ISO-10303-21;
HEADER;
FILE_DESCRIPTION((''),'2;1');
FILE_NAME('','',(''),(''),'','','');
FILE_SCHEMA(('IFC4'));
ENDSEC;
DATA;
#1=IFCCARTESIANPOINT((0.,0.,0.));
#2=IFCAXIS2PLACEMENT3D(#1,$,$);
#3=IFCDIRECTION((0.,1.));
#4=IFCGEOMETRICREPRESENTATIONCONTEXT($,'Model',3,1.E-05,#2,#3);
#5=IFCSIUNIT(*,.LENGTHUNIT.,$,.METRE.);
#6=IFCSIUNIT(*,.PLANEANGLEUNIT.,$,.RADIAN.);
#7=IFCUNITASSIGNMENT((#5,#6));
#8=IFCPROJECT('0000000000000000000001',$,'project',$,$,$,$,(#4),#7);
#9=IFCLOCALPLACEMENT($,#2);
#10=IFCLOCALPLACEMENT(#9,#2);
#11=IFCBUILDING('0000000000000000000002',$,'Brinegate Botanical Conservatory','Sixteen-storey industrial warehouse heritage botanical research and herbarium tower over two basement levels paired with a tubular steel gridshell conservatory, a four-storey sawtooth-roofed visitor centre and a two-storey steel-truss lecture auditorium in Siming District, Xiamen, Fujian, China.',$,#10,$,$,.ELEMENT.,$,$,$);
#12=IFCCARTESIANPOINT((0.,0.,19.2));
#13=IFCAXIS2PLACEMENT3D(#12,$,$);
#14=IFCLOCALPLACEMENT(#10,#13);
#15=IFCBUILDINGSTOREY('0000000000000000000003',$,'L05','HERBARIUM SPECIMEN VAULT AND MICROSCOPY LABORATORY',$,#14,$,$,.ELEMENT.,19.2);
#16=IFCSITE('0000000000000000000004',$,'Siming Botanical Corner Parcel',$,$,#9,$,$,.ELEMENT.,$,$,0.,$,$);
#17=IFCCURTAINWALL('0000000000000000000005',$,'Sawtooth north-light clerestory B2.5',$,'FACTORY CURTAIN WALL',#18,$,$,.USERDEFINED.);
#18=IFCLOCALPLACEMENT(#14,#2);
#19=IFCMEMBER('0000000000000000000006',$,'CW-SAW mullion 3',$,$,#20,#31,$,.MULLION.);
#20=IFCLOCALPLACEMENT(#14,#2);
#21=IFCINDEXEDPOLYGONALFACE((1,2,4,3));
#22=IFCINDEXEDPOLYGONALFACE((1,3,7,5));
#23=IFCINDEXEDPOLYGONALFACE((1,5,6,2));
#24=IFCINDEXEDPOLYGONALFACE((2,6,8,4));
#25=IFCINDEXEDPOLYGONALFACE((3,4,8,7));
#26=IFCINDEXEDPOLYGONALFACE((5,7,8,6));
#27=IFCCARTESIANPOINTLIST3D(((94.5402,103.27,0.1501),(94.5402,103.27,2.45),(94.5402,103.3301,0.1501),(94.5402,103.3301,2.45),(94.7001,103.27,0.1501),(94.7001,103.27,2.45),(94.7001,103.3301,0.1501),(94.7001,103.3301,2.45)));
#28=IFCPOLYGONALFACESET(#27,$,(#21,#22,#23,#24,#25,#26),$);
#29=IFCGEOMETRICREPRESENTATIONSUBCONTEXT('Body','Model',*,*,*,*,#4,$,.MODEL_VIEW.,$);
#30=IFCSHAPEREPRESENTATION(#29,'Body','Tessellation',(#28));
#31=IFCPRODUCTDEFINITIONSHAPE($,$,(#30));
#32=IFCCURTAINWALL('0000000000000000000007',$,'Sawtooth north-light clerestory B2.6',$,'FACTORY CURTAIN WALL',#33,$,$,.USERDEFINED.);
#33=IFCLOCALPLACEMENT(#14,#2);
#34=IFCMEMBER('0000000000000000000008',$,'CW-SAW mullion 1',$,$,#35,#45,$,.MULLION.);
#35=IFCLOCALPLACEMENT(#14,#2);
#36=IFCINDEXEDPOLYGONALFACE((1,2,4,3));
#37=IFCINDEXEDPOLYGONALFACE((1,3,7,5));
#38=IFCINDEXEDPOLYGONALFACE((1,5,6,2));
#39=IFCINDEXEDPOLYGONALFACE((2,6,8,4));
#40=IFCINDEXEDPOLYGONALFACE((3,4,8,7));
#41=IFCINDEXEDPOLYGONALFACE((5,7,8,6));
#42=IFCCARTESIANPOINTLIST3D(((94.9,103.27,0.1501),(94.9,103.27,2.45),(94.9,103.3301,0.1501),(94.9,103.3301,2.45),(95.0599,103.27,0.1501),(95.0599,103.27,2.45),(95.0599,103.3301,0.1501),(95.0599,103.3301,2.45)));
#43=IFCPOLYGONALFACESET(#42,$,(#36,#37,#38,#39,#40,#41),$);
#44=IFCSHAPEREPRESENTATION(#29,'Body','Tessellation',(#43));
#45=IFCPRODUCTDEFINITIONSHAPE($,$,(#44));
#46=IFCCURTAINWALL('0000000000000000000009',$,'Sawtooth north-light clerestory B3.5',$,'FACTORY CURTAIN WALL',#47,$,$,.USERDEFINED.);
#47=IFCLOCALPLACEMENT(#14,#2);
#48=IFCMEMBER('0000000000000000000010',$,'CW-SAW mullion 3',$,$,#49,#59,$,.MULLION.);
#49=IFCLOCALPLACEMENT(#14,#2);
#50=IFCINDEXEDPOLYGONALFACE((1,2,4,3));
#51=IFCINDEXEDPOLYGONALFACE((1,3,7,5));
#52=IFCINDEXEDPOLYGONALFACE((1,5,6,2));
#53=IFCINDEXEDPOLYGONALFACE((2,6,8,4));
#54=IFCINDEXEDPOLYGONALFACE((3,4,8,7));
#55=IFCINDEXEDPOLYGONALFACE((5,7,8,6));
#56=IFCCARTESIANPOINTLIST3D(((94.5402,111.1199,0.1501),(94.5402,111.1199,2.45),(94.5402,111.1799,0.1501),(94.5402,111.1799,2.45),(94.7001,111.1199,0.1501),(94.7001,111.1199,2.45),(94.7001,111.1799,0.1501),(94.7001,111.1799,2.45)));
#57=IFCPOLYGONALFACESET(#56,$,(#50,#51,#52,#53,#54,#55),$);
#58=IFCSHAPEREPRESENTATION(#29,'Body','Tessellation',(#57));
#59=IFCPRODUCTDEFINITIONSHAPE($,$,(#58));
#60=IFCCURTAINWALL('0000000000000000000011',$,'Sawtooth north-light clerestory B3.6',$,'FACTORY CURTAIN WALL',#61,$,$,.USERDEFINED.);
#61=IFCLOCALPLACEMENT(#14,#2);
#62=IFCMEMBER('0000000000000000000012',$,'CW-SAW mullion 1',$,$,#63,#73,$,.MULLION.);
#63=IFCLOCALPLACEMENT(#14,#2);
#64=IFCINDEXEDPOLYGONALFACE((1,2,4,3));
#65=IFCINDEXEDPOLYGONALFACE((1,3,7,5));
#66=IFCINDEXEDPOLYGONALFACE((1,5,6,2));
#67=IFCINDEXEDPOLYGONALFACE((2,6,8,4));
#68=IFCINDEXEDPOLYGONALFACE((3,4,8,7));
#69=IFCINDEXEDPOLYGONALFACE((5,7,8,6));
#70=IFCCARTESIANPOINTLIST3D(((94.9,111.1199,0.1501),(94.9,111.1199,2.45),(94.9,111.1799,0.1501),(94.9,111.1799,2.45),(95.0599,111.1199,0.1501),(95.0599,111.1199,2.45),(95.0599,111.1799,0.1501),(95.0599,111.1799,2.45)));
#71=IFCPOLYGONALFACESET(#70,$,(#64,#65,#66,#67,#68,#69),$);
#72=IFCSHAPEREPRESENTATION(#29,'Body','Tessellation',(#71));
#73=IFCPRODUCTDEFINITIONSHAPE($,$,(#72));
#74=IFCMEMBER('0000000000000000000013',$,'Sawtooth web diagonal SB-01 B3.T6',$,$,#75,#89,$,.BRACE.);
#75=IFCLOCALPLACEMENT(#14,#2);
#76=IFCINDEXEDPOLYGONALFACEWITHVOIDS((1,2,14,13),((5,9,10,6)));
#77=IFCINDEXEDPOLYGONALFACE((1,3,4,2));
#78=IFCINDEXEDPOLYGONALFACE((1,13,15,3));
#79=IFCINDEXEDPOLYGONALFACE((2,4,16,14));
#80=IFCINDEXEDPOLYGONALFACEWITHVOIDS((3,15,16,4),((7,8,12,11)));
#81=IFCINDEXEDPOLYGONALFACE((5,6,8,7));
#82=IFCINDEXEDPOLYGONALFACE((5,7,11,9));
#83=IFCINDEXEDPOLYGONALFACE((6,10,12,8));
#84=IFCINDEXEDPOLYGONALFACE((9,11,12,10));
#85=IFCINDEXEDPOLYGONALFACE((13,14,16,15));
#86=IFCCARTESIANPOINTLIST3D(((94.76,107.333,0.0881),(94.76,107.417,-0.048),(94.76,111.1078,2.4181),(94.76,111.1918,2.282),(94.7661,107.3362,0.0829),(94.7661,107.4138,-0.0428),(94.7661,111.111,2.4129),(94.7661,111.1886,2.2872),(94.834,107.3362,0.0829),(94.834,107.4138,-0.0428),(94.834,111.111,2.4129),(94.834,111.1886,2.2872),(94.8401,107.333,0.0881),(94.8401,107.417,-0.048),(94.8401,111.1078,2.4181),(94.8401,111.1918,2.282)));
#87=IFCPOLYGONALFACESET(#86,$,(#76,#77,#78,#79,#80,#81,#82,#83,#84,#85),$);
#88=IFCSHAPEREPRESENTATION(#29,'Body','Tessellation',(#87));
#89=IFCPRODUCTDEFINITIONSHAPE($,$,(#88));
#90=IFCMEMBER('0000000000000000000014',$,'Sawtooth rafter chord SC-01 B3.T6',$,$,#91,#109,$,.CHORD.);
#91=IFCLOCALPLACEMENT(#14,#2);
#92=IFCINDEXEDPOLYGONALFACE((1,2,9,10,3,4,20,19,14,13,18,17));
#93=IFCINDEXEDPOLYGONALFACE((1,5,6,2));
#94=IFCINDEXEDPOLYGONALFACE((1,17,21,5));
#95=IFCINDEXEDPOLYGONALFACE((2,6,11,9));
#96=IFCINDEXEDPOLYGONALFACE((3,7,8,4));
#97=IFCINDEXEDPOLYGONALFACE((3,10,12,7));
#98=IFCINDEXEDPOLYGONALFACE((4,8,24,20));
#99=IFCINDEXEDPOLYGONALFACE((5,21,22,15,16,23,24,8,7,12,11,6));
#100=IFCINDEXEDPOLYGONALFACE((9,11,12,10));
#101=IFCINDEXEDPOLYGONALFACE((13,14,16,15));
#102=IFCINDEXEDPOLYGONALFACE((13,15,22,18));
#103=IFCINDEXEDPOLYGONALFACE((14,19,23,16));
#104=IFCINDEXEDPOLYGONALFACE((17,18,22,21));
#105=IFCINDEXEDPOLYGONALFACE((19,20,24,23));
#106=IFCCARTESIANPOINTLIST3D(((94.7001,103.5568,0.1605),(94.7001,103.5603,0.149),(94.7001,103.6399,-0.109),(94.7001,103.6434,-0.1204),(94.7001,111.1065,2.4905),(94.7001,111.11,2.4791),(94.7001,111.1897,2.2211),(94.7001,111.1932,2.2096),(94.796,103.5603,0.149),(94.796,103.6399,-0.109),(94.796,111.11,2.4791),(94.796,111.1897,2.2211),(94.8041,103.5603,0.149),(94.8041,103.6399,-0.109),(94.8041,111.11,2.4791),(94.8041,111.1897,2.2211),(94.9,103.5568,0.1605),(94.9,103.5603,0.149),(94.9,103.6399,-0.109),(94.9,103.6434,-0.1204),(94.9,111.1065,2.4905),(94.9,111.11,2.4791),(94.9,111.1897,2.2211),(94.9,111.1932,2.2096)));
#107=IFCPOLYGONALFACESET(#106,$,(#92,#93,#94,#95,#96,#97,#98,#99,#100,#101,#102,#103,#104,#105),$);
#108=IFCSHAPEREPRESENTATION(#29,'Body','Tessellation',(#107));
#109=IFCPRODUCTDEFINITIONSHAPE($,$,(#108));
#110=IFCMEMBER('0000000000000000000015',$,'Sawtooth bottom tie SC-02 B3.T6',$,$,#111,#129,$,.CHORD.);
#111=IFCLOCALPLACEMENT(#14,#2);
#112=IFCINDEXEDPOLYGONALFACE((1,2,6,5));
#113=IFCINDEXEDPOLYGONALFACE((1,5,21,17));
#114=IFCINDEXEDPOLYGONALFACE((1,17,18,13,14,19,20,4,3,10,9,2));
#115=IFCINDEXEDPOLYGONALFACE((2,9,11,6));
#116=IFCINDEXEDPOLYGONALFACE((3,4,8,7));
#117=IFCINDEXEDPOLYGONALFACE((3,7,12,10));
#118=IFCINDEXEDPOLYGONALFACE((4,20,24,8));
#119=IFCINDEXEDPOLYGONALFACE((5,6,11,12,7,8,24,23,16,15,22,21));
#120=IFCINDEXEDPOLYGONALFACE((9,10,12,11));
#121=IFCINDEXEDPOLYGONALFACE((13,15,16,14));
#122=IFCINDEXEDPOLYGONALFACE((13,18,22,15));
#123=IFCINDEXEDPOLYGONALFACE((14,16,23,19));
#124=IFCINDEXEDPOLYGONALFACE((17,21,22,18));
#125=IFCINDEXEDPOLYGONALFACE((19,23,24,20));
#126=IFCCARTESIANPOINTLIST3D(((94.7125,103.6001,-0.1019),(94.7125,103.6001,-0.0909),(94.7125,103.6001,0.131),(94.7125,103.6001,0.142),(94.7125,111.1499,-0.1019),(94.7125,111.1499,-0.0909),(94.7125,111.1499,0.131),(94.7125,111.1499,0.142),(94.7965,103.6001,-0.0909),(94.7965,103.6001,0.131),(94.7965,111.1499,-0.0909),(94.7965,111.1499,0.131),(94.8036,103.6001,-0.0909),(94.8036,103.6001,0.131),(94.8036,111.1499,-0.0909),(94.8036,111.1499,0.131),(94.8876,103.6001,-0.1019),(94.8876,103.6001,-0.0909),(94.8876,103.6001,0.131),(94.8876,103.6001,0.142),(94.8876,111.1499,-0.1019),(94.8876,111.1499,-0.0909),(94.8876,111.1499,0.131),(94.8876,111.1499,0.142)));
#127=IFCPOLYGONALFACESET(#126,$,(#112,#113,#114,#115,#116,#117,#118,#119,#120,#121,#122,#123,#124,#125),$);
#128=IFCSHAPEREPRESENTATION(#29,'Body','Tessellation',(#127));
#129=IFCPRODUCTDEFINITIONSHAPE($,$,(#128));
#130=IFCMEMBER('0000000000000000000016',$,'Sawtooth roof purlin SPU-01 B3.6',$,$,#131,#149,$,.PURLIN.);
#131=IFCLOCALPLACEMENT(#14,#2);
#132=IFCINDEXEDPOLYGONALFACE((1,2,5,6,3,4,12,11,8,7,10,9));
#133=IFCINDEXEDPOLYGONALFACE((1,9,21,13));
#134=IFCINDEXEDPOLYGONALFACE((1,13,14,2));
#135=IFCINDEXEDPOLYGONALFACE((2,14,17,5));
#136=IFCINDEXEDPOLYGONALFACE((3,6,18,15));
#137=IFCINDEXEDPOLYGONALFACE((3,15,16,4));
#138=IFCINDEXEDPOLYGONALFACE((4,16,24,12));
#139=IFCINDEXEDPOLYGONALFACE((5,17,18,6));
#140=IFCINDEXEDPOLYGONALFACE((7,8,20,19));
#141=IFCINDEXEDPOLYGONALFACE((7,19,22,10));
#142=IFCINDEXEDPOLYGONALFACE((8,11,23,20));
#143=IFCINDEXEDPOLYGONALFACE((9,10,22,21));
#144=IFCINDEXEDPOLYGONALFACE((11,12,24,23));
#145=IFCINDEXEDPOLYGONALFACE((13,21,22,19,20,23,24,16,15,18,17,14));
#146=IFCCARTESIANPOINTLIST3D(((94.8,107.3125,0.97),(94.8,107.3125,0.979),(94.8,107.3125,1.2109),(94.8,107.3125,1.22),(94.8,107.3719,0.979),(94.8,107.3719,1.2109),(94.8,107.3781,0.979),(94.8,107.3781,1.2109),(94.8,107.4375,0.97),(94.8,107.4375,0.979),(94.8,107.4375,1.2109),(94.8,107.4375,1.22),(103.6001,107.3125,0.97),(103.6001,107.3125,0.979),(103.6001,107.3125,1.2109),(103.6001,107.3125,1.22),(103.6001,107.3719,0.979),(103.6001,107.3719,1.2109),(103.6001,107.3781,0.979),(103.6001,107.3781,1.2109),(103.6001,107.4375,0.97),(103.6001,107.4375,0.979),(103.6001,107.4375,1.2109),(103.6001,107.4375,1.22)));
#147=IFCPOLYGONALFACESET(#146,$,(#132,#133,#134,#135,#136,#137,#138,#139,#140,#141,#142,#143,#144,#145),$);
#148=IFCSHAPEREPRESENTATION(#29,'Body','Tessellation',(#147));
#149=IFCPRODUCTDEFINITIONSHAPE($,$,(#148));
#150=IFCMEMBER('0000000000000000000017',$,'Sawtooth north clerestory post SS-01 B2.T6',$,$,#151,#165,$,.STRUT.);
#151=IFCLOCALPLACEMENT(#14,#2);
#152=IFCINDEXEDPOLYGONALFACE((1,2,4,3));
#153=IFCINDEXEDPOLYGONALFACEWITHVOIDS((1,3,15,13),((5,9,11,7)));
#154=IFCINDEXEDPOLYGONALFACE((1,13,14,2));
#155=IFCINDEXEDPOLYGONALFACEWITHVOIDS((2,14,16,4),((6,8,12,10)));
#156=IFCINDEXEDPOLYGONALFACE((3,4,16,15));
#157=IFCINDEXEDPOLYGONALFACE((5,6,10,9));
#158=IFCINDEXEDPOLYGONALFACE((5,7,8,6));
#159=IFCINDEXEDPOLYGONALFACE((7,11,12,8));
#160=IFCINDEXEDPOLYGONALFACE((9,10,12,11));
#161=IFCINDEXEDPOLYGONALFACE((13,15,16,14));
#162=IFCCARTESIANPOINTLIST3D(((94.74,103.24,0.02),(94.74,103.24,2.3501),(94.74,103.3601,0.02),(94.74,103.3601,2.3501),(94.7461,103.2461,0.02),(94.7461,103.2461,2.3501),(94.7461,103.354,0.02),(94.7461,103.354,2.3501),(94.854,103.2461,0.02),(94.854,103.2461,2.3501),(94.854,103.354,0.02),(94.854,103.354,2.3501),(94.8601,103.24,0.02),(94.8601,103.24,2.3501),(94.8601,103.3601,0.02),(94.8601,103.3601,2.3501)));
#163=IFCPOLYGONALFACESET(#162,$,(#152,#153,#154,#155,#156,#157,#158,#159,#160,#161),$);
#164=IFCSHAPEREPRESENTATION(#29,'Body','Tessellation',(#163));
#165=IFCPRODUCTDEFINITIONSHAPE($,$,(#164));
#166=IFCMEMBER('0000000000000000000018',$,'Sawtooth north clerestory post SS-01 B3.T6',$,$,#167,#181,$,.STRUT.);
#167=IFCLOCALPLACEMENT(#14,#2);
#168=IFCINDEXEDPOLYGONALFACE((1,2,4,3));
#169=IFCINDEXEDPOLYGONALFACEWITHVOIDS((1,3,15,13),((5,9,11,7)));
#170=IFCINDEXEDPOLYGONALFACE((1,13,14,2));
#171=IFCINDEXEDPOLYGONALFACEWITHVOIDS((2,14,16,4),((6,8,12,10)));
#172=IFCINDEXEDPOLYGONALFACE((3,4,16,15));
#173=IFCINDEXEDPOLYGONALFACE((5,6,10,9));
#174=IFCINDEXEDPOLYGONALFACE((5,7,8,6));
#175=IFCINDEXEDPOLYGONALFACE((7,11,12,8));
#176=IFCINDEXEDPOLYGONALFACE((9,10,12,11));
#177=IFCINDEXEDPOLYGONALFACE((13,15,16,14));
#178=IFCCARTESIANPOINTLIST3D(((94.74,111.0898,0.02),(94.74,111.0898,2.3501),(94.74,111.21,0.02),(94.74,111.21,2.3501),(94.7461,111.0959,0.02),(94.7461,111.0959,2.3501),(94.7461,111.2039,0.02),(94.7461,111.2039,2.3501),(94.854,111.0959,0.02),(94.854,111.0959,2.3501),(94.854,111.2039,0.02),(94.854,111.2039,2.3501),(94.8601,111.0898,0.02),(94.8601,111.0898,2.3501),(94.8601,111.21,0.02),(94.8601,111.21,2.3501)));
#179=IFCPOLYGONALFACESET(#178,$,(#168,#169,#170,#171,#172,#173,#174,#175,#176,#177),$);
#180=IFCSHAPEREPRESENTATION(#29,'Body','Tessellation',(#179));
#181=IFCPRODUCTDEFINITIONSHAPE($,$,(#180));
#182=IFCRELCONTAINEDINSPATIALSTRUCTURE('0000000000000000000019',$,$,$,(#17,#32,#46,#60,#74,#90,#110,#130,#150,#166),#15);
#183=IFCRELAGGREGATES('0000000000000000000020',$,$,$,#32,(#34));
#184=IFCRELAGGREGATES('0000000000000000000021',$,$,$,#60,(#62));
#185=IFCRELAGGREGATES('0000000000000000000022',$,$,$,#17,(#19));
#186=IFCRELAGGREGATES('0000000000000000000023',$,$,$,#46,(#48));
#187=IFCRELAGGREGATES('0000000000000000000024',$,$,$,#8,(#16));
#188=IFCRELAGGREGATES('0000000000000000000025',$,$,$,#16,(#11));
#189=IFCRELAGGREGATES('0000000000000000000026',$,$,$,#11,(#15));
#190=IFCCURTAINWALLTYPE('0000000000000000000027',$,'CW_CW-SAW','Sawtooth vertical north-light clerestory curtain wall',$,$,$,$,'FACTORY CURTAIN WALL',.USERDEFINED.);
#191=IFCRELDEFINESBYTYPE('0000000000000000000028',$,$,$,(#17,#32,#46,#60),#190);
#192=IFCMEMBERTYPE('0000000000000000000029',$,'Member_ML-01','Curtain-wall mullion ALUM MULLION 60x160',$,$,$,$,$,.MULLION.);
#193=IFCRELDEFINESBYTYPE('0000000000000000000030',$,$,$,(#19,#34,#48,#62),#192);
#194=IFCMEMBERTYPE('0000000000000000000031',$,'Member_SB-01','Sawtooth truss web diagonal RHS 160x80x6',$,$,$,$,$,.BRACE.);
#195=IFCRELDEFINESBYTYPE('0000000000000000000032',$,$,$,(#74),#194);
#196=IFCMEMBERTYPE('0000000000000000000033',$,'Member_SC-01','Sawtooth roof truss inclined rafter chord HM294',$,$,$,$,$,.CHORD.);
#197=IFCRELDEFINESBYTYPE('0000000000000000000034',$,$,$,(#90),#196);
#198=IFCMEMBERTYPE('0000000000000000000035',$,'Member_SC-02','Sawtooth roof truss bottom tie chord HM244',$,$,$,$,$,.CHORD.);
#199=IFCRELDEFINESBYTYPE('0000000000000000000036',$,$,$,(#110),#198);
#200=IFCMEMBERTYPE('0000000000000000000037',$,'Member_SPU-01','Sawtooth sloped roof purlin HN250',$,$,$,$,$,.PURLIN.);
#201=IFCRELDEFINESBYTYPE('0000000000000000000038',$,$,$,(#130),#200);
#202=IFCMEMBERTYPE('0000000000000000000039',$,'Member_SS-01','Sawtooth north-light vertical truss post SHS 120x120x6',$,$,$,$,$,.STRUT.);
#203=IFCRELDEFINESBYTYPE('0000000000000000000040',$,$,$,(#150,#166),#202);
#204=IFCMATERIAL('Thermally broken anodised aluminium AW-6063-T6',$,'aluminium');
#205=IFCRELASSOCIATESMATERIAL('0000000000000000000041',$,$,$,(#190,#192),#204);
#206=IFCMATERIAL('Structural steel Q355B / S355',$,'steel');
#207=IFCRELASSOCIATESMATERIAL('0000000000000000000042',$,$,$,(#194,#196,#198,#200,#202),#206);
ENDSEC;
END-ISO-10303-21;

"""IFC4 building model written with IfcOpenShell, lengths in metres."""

from ifc_helpers import new_model, si_unit, direction, frame, origin, origin_2d, place, context, subcontext, project, spatial, rectangle, hollow_rectangle, i_section, extrude, material, material_profile, profile_set, type_object, element, aggregate, save


model = new_model("IFC4")

# Units and contexts
model_context = context("Model", 3, precision=1e-05, world=origin(), true_north=direction((0.0, 1.0)))
body_context = subcontext(model_context, "Body", "Model", "MODEL_VIEW")
ifc_project = project(units=[si_unit("LENGTHUNIT", "METRE"), si_unit("PLANEANGLEUNIT", "RADIAN")], contexts=[model_context])

# Site, building, storey
site_placement = place(None, origin())
site = spatial("IfcSite", under=ifc_project, at=site_placement, Name="Siming Botanical Corner Parcel", CompositionType="ELEMENT", RefElevation=0.0)
building_placement = place(site_placement, origin())
building = spatial("IfcBuilding", under=site, at=building_placement, Name="Brinegate Botanical Conservatory", Description="Sixteen-storey industrial warehouse heritage botanical research and herbarium tower over two basement levels paired with a tubular steel gridshell conservatory, a four-storey sawtooth-roofed visitor centre and a two-storey steel-truss lecture auditorium in Siming District, Xiamen, Fujian, China.", CompositionType="ELEMENT")
storey_placement = place(building_placement, frame((0.0, 0.0, 19.2)))
storey = spatial("IfcBuildingStorey", under=building, at=storey_placement, Name="L05", Description="HERBARIUM SPECIMEN VAULT AND MICROSCOPY LABORATORY", CompositionType="ELEMENT", Elevation=19.2)

# Curtain walls, members
ifc_material_1 = material(Name="Thermally broken anodised aluminium AW-6063-T6", Category="aluminium")
curtain_wall_type = type_object("IfcCurtainWallType", Name="CW_CW-SAW", Description="Sawtooth vertical north-light clerestory curtain wall", ElementType="FACTORY CURTAIN WALL", PredefinedType="USERDEFINED", material=ifc_material_1)
curtain_wall_1_placement = place(storey_placement, origin())
curtain_wall_1 = element("IfcCurtainWall", 1, at=curtain_wall_1_placement, inside=storey, type_object=curtain_wall_type, Name="Sawtooth north-light clerestory B2.5", ObjectType="FACTORY CURTAIN WALL", PredefinedType="USERDEFINED")
ifc_material_profile_1 = material_profile(ifc_material_1, rectangle(XDim=0.0601, YDim=0.1599, at=origin_2d()), Name="ALUM MULLION 60x160")
ifc_profile_set_1 = profile_set([ifc_material_profile_1], Name="Thermally broken anodised aluminium AW-6063-T6")
member_type_1 = type_object("IfcMemberType", Name="Member_ML-01", Description="Curtain-wall mullion ALUM MULLION 60x160", PredefinedType="MULLION", material=ifc_profile_set_1)
member_1_placement = place(storey_placement, frame((94.6201, 103.3, 0.1501), z_axis=(0.0, 0.0, 1.0), x_axis=(0.0, 1.0, 0.0)))
member_1 = element("IfcMember", 2, at=member_1_placement, type_object=member_type_1, Name="CW-SAW mullion 3", PredefinedType="MULLION", context=body_context, shape_type="SweptSolid", body=[
    extrude(rectangle(XDim=0.0601, YDim=0.1599, at=origin_2d()), origin(), (0.0, 0.0, 1.0), 2.2998),
])
curtain_wall_2_placement = place(storey_placement, origin())
curtain_wall_2 = element("IfcCurtainWall", 3, at=curtain_wall_2_placement, inside=storey, type_object=curtain_wall_type, Name="Sawtooth north-light clerestory B2.6", ObjectType="FACTORY CURTAIN WALL", PredefinedType="USERDEFINED")
member_2_placement = place(storey_placement, frame((94.98, 103.3, 0.1501), z_axis=(0.0, 0.0, 1.0), x_axis=(0.0, 1.0, 0.0)))
member_2 = element("IfcMember", 4, at=member_2_placement, type_object=member_type_1, Name="CW-SAW mullion 1", PredefinedType="MULLION", context=body_context, shape_type="SweptSolid", body=[
    extrude(rectangle(XDim=0.0601, YDim=0.1599, at=origin_2d()), origin(), (0.0, 0.0, 1.0), 2.2998),
])
aggregate(curtain_wall_2, [member_2])
curtain_wall_3_placement = place(storey_placement, origin())
curtain_wall_3 = element("IfcCurtainWall", 5, at=curtain_wall_3_placement, inside=storey, type_object=curtain_wall_type, Name="Sawtooth north-light clerestory B3.5", ObjectType="FACTORY CURTAIN WALL", PredefinedType="USERDEFINED")
member_3_placement = place(storey_placement, frame((94.6201, 111.1499, 0.1501), z_axis=(0.0, 0.0, 1.0), x_axis=(0.0, 1.0, 0.0)))
member_3 = element("IfcMember", 6, at=member_3_placement, type_object=member_type_1, Name="CW-SAW mullion 3", PredefinedType="MULLION", context=body_context, shape_type="SweptSolid", body=[
    extrude(rectangle(XDim=0.0601, YDim=0.1599, at=origin_2d()), origin(), (0.0, 0.0, 1.0), 2.2998),
])
curtain_wall_4_placement = place(storey_placement, origin())
curtain_wall_4 = element("IfcCurtainWall", 7, at=curtain_wall_4_placement, inside=storey, type_object=curtain_wall_type, Name="Sawtooth north-light clerestory B3.6", ObjectType="FACTORY CURTAIN WALL", PredefinedType="USERDEFINED")
member_4_placement = place(storey_placement, frame((94.98, 111.1499, 0.1501), z_axis=(0.0, 0.0, 1.0), x_axis=(0.0, 1.0, 0.0)))
member_4 = element("IfcMember", 8, at=member_4_placement, type_object=member_type_1, Name="CW-SAW mullion 1", PredefinedType="MULLION", context=body_context, shape_type="SweptSolid", body=[
    extrude(rectangle(XDim=0.0601, YDim=0.1599, at=origin_2d()), origin(), (0.0, 0.0, 1.0), 2.2998),
])
aggregate(curtain_wall_4, [member_4])

# Members
ifc_material_2 = material(Name="Structural steel Q355B / S355", Category="steel")
ifc_material_profile_2 = material_profile(ifc_material_2, hollow_rectangle(XDim=0.0801, YDim=0.1599, WallThickness=0.0061, at=origin_2d()), Name="RHS 160x80x6")
ifc_profile_set_2 = profile_set([ifc_material_profile_2], Name="Structural steel Q355B / S355")
member_type_2 = type_object("IfcMemberType", Name="Member_SB-01", Description="Sawtooth truss web diagonal RHS 160x80x6", PredefinedType="BRACE", material=ifc_profile_set_2)
member_5_placement = place(storey_placement, frame((94.8, 107.375, 0.02), z_axis=(0.0, 0.850947, 0.525251), x_axis=(-1.0, 0.0, 0.0)))
element("IfcMember", 9, at=member_5_placement, inside=storey, type_object=member_type_2, Name="Sawtooth web diagonal SB-01 B3.T6", PredefinedType="BRACE", context=body_context, shape_type="SweptSolid", body=[
    extrude(hollow_rectangle(XDim=0.0801, YDim=0.1599, WallThickness=0.0061, at=origin_2d()), origin(), (0.0, 0.0, 1.0), 4.436),
])
ifc_material_profile_3 = material_profile(ifc_material_2, i_section(OverallWidth=0.2, OverallDepth=0.2939, WebThickness=0.0081, FlangeThickness=0.012, at=origin_2d()), Name="HM 294x200x8x12")
ifc_profile_set_3 = profile_set([ifc_material_profile_3], Name="Structural steel Q355B / S355")
member_type_3 = type_object("IfcMemberType", Name="Member_SC-01", Description="Sawtooth roof truss inclined rafter chord HM294", PredefinedType="CHORD", material=ifc_profile_set_3)
member_6_placement = place(storey_placement, frame((94.8, 103.6001, 0.02), z_axis=(0.0, 0.955527, 0.294902), x_axis=(-1.0, 0.0, 0.0)))
element("IfcMember", 10, at=member_6_placement, inside=storey, type_object=member_type_3, Name="Sawtooth rafter chord SC-01 B3.T6", PredefinedType="CHORD", context=body_context, shape_type="SweptSolid", body=[
    extrude(i_section(OverallWidth=0.2, OverallDepth=0.2939, WebThickness=0.0081, FlangeThickness=0.012, at=origin_2d()), origin(), (0.0, 0.0, 1.0), 7.9011),
])
ifc_material_profile_4 = material_profile(ifc_material_2, i_section(OverallWidth=0.175, OverallDepth=0.2439, WebThickness=0.0071, FlangeThickness=0.011, at=origin_2d()), Name="HM 244x175x7x11")
ifc_profile_set_4 = profile_set([ifc_material_profile_4], Name="Structural steel Q355B / S355")
member_type_4 = type_object("IfcMemberType", Name="Member_SC-02", Description="Sawtooth roof truss bottom tie chord HM244", PredefinedType="CHORD", material=ifc_profile_set_4)
member_7_placement = place(storey_placement, frame((94.8, 103.6001, 0.02), z_axis=(0.0, 1.0, 0.0), x_axis=(-1.0, 0.0, 0.0)))
element("IfcMember", 11, at=member_7_placement, inside=storey, type_object=member_type_4, Name="Sawtooth bottom tie SC-02 B3.T6", PredefinedType="CHORD", context=body_context, shape_type="SweptSolid", body=[
    extrude(i_section(OverallWidth=0.175, OverallDepth=0.2439, WebThickness=0.0071, FlangeThickness=0.011, at=origin_2d()), origin(), (0.0, 0.0, 1.0), 7.5498),
])
ifc_material_profile_5 = material_profile(ifc_material_2, i_section(OverallWidth=0.125, OverallDepth=0.25, WebThickness=0.0061, FlangeThickness=0.009, at=origin_2d()), Name="HN 250x125x6x9")
ifc_profile_set_5 = profile_set([ifc_material_profile_5], Name="Structural steel Q355B / S355")
member_type_5 = type_object("IfcMemberType", Name="Member_SPU-01", Description="Sawtooth sloped roof purlin HN250", PredefinedType="PURLIN", material=ifc_profile_set_5)
member_8_placement = place(storey_placement, frame((94.8, 107.375, 1.095), z_axis=(1.0, 0.0, 0.0), x_axis=(0.0, 1.0, 0.0)))
element("IfcMember", 12, at=member_8_placement, inside=storey, type_object=member_type_5, Name="Sawtooth roof purlin SPU-01 B3.6", PredefinedType="PURLIN", context=body_context, shape_type="SweptSolid", body=[
    extrude(i_section(OverallWidth=0.125, OverallDepth=0.25, WebThickness=0.0061, FlangeThickness=0.009, at=origin_2d()), origin(), (0.0, 0.0, 1.0), 8.8),
])
ifc_material_profile_6 = material_profile(ifc_material_2, hollow_rectangle(XDim=0.1201, YDim=0.1201, WallThickness=0.0061, at=origin_2d()), Name="SHS 120x120x6")
ifc_profile_set_6 = profile_set([ifc_material_profile_6], Name="Structural steel Q355B / S355")
member_type_6 = type_object("IfcMemberType", Name="Member_SS-01", Description="Sawtooth north-light vertical truss post SHS 120x120x6", PredefinedType="STRUT", material=ifc_profile_set_6)
for number, where, z_axis, x_axis, name in (
    (13, (94.8, 103.3, 0.02), (0.0, 0.0, 1.0), (1.0, 0.0, 0.0), "Sawtooth north clerestory post SS-01 B2.T6"),
    (14, (94.8, 111.1499, 0.02), (0.0, 0.0, 1.0), (1.0, 0.0, 0.0), "Sawtooth north clerestory post SS-01 B3.T6"),
):
    element("IfcMember", number, at=place(storey_placement, frame(where, z_axis=z_axis, x_axis=x_axis)), inside=storey, type_object=member_type_6, Name=name, PredefinedType="STRUT", context=body_context, shape_type="SweptSolid", body=[
        extrude(hollow_rectangle(XDim=0.1201, YDim=0.1201, WallThickness=0.0061, at=origin_2d()), origin(), (0.0, 0.0, 1.0), 2.3301),
    ])

aggregate(curtain_wall_1, [member_1])
aggregate(curtain_wall_3, [member_3])

save(model, "model.ifc")
